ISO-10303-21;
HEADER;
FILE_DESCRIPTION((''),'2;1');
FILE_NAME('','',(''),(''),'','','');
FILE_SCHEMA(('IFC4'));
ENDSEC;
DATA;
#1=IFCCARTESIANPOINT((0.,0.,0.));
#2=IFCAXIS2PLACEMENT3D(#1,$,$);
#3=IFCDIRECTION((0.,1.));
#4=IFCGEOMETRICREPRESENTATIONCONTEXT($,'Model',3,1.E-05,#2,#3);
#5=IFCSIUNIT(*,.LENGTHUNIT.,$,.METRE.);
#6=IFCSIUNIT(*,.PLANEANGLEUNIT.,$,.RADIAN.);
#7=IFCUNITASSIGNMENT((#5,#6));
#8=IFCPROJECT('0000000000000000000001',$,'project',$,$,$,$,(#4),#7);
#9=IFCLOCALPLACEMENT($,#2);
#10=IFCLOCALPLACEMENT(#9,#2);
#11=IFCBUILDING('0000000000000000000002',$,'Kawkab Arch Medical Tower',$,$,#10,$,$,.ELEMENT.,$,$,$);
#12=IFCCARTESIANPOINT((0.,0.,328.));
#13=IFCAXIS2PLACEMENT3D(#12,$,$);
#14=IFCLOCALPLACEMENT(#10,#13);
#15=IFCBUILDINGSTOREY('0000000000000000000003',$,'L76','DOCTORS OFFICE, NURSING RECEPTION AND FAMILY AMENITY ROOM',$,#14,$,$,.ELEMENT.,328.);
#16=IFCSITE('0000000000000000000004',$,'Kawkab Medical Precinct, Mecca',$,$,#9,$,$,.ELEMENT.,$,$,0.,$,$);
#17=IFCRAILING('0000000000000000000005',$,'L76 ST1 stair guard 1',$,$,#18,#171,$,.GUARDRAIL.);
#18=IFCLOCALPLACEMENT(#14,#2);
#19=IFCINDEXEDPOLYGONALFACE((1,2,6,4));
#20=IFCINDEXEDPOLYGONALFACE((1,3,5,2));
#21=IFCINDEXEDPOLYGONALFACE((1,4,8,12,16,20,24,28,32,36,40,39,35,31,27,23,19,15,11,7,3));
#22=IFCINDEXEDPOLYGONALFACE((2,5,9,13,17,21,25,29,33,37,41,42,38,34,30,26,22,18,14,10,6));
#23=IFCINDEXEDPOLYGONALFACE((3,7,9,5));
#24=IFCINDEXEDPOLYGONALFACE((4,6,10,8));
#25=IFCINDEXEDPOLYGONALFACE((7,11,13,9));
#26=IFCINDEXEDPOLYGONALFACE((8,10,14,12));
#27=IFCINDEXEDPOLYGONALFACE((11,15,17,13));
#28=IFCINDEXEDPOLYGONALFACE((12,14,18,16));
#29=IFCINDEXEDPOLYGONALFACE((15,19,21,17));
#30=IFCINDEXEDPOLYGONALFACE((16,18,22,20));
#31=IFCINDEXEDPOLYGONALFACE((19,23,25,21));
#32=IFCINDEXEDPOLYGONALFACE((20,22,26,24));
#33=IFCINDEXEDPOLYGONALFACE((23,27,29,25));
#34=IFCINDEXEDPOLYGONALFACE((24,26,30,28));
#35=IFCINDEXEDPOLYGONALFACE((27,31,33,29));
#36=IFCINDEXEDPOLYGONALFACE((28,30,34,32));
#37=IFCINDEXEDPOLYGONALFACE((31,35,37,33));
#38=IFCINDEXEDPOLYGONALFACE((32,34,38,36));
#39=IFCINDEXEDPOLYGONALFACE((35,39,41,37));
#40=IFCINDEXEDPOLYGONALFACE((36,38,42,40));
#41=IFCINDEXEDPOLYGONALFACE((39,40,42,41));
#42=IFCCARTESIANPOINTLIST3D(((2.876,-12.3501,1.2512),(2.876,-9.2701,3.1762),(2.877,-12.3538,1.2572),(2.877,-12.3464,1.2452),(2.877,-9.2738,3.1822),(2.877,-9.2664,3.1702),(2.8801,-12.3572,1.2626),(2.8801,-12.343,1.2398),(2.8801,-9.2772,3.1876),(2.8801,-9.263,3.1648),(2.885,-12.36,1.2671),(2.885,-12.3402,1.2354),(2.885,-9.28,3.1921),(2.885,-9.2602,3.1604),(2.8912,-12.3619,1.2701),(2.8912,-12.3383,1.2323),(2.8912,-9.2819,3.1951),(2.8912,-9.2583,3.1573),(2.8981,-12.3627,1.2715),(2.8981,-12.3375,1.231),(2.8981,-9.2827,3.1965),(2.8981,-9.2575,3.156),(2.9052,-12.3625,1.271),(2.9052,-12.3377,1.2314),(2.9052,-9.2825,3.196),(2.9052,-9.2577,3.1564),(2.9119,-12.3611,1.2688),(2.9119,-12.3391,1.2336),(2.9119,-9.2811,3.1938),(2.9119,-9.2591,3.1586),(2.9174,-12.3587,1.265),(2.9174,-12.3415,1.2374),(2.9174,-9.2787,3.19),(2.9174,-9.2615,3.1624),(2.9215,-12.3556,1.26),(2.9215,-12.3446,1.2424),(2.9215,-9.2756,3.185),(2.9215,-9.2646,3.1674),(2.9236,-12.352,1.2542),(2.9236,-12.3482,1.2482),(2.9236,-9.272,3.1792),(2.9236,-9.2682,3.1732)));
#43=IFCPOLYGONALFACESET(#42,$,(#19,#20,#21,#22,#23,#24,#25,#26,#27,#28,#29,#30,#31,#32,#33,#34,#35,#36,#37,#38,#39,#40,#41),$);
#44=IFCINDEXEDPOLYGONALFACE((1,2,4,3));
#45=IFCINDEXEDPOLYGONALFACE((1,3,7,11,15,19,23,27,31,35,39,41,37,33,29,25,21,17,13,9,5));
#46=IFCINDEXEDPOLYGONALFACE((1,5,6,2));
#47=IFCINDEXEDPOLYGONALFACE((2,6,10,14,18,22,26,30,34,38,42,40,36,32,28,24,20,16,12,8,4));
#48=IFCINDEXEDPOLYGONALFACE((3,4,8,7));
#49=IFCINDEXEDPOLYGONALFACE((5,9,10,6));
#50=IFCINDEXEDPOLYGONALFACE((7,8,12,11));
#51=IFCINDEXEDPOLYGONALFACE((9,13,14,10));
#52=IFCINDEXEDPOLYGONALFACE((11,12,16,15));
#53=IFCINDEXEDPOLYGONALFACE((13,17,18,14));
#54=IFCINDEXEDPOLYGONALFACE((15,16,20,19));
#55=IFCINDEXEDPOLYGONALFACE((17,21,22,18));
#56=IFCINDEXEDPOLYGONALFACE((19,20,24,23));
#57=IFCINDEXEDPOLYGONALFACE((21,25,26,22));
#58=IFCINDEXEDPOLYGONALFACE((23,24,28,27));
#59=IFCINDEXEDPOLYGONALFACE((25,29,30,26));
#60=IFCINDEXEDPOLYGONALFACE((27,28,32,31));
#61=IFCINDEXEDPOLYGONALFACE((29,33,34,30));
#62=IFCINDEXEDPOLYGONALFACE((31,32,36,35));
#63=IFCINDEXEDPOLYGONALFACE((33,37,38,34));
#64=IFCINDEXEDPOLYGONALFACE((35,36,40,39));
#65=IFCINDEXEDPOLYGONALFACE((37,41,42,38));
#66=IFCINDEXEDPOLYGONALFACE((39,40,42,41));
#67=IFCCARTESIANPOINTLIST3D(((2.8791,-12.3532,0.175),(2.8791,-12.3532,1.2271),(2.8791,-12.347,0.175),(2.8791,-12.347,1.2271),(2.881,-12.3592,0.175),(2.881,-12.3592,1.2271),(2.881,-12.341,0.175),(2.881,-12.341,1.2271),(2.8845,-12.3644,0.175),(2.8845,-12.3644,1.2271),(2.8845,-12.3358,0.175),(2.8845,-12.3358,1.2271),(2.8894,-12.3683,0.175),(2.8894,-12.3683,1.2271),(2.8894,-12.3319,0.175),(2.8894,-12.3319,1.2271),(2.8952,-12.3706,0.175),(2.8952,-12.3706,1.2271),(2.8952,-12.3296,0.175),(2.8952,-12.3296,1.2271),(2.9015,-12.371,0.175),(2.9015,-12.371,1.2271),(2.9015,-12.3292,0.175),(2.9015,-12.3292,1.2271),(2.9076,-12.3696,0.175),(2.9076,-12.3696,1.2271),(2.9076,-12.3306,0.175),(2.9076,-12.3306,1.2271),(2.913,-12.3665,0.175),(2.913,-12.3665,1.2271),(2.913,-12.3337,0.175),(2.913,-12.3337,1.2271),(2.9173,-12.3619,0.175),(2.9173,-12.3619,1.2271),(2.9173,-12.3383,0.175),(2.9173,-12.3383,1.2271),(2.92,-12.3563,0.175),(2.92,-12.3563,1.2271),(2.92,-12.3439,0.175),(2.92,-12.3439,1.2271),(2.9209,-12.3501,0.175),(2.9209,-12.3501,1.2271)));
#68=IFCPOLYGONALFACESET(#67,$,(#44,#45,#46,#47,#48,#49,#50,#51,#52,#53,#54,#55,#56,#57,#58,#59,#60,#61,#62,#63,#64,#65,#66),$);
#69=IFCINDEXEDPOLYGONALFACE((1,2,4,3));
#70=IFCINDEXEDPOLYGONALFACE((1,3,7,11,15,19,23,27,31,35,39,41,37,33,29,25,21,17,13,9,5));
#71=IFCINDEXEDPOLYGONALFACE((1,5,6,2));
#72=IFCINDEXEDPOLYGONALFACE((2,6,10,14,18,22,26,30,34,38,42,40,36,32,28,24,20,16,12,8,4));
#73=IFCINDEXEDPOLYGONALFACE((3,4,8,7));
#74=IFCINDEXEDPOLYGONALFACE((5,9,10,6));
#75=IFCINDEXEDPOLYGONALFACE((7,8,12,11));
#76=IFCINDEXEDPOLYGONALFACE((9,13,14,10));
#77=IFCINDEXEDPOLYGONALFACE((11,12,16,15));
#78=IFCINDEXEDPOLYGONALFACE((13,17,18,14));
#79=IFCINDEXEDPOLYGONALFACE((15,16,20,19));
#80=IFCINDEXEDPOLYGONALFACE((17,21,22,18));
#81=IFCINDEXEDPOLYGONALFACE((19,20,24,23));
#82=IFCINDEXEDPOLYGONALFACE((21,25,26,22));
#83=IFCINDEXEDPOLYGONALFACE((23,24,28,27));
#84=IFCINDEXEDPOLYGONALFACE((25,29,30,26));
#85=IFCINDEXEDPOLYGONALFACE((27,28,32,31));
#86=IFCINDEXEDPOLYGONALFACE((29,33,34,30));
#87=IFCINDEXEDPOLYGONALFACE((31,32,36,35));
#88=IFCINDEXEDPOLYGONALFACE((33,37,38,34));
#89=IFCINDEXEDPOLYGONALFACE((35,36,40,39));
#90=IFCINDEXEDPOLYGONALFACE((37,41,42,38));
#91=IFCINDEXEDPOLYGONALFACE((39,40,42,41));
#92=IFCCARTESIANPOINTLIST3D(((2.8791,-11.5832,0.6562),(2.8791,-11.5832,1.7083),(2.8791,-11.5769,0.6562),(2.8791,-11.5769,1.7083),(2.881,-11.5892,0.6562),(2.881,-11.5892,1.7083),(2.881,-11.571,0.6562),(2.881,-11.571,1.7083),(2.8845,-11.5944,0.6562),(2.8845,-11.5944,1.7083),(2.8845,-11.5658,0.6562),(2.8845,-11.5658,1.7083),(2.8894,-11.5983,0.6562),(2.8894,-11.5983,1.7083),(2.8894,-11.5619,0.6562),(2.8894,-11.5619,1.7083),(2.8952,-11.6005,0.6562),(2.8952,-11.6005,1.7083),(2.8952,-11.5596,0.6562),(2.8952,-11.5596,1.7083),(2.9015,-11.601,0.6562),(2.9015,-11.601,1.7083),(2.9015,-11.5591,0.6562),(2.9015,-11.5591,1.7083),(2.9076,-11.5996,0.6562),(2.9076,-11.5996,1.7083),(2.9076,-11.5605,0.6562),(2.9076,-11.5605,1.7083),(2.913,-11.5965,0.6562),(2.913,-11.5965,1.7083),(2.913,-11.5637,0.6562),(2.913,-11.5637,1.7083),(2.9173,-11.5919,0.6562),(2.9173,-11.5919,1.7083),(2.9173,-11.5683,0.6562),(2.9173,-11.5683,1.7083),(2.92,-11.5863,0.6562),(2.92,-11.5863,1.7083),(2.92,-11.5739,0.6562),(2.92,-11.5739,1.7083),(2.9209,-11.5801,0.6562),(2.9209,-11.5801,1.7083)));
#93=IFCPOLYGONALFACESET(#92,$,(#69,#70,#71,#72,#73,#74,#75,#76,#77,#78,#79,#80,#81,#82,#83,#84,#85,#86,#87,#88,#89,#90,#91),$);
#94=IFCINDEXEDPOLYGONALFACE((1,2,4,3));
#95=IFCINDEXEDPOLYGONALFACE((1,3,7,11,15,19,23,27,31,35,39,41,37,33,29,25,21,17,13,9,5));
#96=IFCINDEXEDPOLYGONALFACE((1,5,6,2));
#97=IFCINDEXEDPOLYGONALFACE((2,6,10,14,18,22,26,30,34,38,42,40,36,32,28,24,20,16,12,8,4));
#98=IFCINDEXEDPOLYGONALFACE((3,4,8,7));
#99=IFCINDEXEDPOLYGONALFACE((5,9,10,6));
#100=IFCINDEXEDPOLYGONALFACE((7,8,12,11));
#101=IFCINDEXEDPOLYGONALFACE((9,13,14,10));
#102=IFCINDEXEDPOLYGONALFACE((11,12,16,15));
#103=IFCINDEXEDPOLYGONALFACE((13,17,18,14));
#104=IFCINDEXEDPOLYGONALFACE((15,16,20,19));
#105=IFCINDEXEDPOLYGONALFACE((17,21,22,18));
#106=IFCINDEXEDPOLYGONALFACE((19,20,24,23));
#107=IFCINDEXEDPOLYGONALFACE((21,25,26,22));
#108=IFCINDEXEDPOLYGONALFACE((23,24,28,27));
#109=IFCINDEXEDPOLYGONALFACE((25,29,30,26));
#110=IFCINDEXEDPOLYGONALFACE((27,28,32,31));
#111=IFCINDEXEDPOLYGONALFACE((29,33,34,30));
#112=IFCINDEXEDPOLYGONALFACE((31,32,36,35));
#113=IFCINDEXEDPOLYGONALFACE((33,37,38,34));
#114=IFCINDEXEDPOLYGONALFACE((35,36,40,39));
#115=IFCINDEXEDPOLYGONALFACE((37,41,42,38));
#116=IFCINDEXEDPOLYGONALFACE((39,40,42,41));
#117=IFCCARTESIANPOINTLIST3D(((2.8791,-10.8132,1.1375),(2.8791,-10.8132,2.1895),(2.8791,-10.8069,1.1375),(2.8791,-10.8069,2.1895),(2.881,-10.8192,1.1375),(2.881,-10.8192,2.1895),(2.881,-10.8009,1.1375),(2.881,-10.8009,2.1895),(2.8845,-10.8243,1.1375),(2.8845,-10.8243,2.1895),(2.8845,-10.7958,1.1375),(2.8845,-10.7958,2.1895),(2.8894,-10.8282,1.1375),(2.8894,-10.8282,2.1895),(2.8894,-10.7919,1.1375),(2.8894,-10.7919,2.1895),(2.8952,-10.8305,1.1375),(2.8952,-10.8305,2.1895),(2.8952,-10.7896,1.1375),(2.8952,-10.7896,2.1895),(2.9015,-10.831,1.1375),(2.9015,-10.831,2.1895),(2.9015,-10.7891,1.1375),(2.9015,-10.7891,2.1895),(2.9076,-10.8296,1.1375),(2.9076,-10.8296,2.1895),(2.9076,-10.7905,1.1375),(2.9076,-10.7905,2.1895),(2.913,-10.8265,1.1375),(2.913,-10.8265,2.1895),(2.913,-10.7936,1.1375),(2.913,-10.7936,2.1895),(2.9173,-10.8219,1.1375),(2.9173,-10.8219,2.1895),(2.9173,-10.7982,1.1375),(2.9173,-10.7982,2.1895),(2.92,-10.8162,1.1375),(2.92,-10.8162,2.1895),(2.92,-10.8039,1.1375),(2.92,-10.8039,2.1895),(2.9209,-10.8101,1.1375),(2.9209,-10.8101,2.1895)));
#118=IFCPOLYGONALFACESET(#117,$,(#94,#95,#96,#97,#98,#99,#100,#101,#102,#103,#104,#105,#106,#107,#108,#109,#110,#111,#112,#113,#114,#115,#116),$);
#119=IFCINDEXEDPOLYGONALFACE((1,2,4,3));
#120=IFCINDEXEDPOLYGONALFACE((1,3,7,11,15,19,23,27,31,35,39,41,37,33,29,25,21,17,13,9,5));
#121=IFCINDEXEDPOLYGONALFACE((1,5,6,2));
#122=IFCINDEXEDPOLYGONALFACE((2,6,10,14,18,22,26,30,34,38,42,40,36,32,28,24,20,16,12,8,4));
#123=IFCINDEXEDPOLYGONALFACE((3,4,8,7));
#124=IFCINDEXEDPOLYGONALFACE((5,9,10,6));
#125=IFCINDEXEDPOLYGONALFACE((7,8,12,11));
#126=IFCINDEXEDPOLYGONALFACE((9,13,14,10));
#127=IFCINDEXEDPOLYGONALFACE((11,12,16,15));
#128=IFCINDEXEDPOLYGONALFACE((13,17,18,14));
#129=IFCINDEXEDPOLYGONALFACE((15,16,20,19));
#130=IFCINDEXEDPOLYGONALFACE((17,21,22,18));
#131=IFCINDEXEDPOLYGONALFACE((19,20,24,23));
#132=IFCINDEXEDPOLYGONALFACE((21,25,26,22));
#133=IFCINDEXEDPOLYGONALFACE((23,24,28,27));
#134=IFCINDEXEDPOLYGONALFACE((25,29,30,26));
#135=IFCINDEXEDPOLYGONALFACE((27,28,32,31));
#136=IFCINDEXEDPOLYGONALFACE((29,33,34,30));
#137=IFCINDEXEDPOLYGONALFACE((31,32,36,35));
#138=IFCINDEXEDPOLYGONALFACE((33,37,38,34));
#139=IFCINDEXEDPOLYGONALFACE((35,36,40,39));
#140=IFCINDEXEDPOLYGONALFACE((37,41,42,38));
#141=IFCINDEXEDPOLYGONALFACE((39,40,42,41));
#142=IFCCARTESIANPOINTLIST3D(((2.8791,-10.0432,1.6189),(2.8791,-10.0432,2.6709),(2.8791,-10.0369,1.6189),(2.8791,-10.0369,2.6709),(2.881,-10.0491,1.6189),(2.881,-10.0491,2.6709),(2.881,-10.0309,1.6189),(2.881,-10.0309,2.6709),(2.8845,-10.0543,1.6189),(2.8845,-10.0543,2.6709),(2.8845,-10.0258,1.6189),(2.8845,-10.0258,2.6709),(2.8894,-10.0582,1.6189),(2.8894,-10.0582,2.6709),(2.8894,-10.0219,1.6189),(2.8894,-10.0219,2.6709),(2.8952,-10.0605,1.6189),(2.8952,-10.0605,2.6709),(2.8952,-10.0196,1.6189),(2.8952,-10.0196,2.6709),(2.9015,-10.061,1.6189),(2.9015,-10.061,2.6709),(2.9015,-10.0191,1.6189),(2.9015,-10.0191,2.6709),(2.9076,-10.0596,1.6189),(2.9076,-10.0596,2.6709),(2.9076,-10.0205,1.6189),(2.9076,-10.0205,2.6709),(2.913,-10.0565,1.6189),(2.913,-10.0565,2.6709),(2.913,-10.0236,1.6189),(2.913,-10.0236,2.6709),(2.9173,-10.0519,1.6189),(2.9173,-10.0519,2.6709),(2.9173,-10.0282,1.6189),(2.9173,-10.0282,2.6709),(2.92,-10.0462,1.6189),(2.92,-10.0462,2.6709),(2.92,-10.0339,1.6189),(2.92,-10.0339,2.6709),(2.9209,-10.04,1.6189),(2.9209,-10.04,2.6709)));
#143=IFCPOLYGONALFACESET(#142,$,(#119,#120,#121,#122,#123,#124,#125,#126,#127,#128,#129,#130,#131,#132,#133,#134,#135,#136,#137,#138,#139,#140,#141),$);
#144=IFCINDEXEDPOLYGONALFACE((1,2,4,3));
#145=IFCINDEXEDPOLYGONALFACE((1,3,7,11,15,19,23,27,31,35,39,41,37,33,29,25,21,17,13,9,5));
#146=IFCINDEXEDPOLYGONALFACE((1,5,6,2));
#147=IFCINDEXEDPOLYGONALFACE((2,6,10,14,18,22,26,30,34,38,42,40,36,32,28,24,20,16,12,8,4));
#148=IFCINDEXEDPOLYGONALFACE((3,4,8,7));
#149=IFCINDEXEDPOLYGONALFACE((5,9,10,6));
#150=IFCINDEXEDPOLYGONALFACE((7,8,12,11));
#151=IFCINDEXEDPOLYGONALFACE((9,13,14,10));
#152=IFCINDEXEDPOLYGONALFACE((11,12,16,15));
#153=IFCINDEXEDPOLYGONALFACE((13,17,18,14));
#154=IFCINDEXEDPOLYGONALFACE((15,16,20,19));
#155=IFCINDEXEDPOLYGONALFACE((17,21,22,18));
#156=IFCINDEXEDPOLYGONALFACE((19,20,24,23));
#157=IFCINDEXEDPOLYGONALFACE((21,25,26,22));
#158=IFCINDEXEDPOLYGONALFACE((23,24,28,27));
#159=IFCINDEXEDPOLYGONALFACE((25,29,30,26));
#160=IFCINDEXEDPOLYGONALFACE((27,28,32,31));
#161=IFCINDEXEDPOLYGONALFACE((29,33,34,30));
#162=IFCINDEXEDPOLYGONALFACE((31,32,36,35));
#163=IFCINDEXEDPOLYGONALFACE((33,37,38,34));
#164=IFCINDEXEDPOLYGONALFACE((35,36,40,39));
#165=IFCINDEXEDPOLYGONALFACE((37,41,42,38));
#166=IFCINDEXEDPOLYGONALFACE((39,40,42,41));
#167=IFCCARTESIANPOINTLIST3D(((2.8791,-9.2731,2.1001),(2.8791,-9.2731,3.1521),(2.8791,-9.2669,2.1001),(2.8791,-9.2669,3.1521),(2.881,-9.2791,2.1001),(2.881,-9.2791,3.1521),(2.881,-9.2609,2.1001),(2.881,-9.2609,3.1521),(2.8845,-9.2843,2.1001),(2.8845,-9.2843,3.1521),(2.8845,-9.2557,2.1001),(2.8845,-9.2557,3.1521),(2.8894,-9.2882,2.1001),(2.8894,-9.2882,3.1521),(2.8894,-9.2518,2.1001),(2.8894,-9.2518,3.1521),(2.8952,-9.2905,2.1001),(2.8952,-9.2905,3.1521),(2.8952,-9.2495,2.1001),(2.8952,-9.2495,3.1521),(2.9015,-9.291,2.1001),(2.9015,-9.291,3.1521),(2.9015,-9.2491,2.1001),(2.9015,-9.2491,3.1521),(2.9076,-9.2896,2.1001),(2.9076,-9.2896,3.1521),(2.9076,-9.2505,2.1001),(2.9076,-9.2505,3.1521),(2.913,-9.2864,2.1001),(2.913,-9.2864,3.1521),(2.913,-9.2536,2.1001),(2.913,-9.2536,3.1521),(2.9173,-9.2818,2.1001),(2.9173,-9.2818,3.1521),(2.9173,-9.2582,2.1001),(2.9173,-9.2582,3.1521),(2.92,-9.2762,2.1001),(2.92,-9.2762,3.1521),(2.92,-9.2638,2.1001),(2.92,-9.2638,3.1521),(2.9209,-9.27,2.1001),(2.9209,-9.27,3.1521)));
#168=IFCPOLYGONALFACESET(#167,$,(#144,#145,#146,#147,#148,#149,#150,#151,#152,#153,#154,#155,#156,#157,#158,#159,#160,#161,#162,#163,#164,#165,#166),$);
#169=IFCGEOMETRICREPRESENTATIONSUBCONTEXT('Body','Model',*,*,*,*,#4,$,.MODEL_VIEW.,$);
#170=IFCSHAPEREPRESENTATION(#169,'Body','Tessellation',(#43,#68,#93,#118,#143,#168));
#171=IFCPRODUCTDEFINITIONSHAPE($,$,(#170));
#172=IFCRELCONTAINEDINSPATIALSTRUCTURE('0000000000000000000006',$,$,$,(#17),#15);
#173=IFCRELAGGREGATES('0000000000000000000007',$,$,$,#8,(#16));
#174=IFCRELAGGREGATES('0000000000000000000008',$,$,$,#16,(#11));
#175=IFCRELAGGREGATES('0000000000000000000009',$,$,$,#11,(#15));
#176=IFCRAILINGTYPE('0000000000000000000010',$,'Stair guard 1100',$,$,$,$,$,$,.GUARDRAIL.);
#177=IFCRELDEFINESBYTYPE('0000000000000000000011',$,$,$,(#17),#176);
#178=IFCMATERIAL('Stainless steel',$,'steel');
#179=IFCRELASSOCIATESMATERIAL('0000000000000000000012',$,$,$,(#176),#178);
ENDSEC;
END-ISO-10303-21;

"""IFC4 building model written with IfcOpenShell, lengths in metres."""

from ifc_helpers import new_model, si_unit, direction, frame, origin, origin_2d, place, context, subcontext, project, spatial, circle, extrude, material, type_object, element, save


model = new_model("IFC4")

# Units and contexts
model_context = context("Model", 3, precision=1e-05, world=origin(), true_north=direction((0.0, 1.0)))
body_context = subcontext(model_context, "Body", "Model", "MODEL_VIEW")
ifc_project = project(units=[si_unit("LENGTHUNIT", "METRE"), si_unit("PLANEANGLEUNIT", "RADIAN")], contexts=[model_context])

# Site, building, storey
site_placement = place(None, origin())
site = spatial("IfcSite", under=ifc_project, at=site_placement, Name="Kawkab Medical Precinct, Mecca", CompositionType="ELEMENT", RefElevation=0.0)
building_placement = place(site_placement, origin())
building = spatial("IfcBuilding", under=site, at=building_placement, Name="Kawkab Arch Medical Tower", CompositionType="ELEMENT")
storey_placement = place(building_placement, frame((0.0, 0.0, 328.0)))
storey = spatial("IfcBuildingStorey", under=building, at=storey_placement, Name="L76", Description="DOCTORS OFFICE, NURSING RECEPTION AND FAMILY AMENITY ROOM", CompositionType="ELEMENT", Elevation=328.0)

# Railing
ifc_material_1 = material(Name="Stainless steel", Category="steel")
railing_type = type_object("IfcRailingType", Name="Stair guard 1100", PredefinedType="GUARDRAIL", material=ifc_material_1)
railing_1_placement = place(storey_placement, frame((2.8999, -12.3501, 0.175)))
element("IfcRailing", 1, at=railing_1_placement, inside=storey, type_object=railing_type, Name="L76 ST1 stair guard 1", PredefinedType="GUARDRAIL", context=body_context, shape_type="SweptSolid", body=[
    extrude(circle(Radius=0.0239, at=origin_2d()), frame((0.0, 0.0, 1.0762), z_axis=(0.0, 0.847998, 0.529999), x_axis=(-1.0, 0.0, 0.0)), (0.0, 0.0, 1.0), 3.6321),
    extrude(circle(Radius=0.021, at=origin_2d()), origin(), (0.0, 0.0, 1.0), 1.052),
    extrude(circle(Radius=0.021, at=origin_2d()), frame((0.0, 0.77, 0.4812)), (0.0, 0.0, 1.0), 1.052),
    extrude(circle(Radius=0.021, at=origin_2d()), frame((0.0, 1.54, 0.9624)), (0.0, 0.0, 1.0), 1.052),
    extrude(circle(Radius=0.021, at=origin_2d()), frame((0.0, 2.3101, 1.4438)), (0.0, 0.0, 1.0), 1.052),
    extrude(circle(Radius=0.021, at=origin_2d()), frame((0.0, 3.0801, 1.925)), (0.0, 0.0, 1.0), 1.052),
])

save(model, "model.ifc")
